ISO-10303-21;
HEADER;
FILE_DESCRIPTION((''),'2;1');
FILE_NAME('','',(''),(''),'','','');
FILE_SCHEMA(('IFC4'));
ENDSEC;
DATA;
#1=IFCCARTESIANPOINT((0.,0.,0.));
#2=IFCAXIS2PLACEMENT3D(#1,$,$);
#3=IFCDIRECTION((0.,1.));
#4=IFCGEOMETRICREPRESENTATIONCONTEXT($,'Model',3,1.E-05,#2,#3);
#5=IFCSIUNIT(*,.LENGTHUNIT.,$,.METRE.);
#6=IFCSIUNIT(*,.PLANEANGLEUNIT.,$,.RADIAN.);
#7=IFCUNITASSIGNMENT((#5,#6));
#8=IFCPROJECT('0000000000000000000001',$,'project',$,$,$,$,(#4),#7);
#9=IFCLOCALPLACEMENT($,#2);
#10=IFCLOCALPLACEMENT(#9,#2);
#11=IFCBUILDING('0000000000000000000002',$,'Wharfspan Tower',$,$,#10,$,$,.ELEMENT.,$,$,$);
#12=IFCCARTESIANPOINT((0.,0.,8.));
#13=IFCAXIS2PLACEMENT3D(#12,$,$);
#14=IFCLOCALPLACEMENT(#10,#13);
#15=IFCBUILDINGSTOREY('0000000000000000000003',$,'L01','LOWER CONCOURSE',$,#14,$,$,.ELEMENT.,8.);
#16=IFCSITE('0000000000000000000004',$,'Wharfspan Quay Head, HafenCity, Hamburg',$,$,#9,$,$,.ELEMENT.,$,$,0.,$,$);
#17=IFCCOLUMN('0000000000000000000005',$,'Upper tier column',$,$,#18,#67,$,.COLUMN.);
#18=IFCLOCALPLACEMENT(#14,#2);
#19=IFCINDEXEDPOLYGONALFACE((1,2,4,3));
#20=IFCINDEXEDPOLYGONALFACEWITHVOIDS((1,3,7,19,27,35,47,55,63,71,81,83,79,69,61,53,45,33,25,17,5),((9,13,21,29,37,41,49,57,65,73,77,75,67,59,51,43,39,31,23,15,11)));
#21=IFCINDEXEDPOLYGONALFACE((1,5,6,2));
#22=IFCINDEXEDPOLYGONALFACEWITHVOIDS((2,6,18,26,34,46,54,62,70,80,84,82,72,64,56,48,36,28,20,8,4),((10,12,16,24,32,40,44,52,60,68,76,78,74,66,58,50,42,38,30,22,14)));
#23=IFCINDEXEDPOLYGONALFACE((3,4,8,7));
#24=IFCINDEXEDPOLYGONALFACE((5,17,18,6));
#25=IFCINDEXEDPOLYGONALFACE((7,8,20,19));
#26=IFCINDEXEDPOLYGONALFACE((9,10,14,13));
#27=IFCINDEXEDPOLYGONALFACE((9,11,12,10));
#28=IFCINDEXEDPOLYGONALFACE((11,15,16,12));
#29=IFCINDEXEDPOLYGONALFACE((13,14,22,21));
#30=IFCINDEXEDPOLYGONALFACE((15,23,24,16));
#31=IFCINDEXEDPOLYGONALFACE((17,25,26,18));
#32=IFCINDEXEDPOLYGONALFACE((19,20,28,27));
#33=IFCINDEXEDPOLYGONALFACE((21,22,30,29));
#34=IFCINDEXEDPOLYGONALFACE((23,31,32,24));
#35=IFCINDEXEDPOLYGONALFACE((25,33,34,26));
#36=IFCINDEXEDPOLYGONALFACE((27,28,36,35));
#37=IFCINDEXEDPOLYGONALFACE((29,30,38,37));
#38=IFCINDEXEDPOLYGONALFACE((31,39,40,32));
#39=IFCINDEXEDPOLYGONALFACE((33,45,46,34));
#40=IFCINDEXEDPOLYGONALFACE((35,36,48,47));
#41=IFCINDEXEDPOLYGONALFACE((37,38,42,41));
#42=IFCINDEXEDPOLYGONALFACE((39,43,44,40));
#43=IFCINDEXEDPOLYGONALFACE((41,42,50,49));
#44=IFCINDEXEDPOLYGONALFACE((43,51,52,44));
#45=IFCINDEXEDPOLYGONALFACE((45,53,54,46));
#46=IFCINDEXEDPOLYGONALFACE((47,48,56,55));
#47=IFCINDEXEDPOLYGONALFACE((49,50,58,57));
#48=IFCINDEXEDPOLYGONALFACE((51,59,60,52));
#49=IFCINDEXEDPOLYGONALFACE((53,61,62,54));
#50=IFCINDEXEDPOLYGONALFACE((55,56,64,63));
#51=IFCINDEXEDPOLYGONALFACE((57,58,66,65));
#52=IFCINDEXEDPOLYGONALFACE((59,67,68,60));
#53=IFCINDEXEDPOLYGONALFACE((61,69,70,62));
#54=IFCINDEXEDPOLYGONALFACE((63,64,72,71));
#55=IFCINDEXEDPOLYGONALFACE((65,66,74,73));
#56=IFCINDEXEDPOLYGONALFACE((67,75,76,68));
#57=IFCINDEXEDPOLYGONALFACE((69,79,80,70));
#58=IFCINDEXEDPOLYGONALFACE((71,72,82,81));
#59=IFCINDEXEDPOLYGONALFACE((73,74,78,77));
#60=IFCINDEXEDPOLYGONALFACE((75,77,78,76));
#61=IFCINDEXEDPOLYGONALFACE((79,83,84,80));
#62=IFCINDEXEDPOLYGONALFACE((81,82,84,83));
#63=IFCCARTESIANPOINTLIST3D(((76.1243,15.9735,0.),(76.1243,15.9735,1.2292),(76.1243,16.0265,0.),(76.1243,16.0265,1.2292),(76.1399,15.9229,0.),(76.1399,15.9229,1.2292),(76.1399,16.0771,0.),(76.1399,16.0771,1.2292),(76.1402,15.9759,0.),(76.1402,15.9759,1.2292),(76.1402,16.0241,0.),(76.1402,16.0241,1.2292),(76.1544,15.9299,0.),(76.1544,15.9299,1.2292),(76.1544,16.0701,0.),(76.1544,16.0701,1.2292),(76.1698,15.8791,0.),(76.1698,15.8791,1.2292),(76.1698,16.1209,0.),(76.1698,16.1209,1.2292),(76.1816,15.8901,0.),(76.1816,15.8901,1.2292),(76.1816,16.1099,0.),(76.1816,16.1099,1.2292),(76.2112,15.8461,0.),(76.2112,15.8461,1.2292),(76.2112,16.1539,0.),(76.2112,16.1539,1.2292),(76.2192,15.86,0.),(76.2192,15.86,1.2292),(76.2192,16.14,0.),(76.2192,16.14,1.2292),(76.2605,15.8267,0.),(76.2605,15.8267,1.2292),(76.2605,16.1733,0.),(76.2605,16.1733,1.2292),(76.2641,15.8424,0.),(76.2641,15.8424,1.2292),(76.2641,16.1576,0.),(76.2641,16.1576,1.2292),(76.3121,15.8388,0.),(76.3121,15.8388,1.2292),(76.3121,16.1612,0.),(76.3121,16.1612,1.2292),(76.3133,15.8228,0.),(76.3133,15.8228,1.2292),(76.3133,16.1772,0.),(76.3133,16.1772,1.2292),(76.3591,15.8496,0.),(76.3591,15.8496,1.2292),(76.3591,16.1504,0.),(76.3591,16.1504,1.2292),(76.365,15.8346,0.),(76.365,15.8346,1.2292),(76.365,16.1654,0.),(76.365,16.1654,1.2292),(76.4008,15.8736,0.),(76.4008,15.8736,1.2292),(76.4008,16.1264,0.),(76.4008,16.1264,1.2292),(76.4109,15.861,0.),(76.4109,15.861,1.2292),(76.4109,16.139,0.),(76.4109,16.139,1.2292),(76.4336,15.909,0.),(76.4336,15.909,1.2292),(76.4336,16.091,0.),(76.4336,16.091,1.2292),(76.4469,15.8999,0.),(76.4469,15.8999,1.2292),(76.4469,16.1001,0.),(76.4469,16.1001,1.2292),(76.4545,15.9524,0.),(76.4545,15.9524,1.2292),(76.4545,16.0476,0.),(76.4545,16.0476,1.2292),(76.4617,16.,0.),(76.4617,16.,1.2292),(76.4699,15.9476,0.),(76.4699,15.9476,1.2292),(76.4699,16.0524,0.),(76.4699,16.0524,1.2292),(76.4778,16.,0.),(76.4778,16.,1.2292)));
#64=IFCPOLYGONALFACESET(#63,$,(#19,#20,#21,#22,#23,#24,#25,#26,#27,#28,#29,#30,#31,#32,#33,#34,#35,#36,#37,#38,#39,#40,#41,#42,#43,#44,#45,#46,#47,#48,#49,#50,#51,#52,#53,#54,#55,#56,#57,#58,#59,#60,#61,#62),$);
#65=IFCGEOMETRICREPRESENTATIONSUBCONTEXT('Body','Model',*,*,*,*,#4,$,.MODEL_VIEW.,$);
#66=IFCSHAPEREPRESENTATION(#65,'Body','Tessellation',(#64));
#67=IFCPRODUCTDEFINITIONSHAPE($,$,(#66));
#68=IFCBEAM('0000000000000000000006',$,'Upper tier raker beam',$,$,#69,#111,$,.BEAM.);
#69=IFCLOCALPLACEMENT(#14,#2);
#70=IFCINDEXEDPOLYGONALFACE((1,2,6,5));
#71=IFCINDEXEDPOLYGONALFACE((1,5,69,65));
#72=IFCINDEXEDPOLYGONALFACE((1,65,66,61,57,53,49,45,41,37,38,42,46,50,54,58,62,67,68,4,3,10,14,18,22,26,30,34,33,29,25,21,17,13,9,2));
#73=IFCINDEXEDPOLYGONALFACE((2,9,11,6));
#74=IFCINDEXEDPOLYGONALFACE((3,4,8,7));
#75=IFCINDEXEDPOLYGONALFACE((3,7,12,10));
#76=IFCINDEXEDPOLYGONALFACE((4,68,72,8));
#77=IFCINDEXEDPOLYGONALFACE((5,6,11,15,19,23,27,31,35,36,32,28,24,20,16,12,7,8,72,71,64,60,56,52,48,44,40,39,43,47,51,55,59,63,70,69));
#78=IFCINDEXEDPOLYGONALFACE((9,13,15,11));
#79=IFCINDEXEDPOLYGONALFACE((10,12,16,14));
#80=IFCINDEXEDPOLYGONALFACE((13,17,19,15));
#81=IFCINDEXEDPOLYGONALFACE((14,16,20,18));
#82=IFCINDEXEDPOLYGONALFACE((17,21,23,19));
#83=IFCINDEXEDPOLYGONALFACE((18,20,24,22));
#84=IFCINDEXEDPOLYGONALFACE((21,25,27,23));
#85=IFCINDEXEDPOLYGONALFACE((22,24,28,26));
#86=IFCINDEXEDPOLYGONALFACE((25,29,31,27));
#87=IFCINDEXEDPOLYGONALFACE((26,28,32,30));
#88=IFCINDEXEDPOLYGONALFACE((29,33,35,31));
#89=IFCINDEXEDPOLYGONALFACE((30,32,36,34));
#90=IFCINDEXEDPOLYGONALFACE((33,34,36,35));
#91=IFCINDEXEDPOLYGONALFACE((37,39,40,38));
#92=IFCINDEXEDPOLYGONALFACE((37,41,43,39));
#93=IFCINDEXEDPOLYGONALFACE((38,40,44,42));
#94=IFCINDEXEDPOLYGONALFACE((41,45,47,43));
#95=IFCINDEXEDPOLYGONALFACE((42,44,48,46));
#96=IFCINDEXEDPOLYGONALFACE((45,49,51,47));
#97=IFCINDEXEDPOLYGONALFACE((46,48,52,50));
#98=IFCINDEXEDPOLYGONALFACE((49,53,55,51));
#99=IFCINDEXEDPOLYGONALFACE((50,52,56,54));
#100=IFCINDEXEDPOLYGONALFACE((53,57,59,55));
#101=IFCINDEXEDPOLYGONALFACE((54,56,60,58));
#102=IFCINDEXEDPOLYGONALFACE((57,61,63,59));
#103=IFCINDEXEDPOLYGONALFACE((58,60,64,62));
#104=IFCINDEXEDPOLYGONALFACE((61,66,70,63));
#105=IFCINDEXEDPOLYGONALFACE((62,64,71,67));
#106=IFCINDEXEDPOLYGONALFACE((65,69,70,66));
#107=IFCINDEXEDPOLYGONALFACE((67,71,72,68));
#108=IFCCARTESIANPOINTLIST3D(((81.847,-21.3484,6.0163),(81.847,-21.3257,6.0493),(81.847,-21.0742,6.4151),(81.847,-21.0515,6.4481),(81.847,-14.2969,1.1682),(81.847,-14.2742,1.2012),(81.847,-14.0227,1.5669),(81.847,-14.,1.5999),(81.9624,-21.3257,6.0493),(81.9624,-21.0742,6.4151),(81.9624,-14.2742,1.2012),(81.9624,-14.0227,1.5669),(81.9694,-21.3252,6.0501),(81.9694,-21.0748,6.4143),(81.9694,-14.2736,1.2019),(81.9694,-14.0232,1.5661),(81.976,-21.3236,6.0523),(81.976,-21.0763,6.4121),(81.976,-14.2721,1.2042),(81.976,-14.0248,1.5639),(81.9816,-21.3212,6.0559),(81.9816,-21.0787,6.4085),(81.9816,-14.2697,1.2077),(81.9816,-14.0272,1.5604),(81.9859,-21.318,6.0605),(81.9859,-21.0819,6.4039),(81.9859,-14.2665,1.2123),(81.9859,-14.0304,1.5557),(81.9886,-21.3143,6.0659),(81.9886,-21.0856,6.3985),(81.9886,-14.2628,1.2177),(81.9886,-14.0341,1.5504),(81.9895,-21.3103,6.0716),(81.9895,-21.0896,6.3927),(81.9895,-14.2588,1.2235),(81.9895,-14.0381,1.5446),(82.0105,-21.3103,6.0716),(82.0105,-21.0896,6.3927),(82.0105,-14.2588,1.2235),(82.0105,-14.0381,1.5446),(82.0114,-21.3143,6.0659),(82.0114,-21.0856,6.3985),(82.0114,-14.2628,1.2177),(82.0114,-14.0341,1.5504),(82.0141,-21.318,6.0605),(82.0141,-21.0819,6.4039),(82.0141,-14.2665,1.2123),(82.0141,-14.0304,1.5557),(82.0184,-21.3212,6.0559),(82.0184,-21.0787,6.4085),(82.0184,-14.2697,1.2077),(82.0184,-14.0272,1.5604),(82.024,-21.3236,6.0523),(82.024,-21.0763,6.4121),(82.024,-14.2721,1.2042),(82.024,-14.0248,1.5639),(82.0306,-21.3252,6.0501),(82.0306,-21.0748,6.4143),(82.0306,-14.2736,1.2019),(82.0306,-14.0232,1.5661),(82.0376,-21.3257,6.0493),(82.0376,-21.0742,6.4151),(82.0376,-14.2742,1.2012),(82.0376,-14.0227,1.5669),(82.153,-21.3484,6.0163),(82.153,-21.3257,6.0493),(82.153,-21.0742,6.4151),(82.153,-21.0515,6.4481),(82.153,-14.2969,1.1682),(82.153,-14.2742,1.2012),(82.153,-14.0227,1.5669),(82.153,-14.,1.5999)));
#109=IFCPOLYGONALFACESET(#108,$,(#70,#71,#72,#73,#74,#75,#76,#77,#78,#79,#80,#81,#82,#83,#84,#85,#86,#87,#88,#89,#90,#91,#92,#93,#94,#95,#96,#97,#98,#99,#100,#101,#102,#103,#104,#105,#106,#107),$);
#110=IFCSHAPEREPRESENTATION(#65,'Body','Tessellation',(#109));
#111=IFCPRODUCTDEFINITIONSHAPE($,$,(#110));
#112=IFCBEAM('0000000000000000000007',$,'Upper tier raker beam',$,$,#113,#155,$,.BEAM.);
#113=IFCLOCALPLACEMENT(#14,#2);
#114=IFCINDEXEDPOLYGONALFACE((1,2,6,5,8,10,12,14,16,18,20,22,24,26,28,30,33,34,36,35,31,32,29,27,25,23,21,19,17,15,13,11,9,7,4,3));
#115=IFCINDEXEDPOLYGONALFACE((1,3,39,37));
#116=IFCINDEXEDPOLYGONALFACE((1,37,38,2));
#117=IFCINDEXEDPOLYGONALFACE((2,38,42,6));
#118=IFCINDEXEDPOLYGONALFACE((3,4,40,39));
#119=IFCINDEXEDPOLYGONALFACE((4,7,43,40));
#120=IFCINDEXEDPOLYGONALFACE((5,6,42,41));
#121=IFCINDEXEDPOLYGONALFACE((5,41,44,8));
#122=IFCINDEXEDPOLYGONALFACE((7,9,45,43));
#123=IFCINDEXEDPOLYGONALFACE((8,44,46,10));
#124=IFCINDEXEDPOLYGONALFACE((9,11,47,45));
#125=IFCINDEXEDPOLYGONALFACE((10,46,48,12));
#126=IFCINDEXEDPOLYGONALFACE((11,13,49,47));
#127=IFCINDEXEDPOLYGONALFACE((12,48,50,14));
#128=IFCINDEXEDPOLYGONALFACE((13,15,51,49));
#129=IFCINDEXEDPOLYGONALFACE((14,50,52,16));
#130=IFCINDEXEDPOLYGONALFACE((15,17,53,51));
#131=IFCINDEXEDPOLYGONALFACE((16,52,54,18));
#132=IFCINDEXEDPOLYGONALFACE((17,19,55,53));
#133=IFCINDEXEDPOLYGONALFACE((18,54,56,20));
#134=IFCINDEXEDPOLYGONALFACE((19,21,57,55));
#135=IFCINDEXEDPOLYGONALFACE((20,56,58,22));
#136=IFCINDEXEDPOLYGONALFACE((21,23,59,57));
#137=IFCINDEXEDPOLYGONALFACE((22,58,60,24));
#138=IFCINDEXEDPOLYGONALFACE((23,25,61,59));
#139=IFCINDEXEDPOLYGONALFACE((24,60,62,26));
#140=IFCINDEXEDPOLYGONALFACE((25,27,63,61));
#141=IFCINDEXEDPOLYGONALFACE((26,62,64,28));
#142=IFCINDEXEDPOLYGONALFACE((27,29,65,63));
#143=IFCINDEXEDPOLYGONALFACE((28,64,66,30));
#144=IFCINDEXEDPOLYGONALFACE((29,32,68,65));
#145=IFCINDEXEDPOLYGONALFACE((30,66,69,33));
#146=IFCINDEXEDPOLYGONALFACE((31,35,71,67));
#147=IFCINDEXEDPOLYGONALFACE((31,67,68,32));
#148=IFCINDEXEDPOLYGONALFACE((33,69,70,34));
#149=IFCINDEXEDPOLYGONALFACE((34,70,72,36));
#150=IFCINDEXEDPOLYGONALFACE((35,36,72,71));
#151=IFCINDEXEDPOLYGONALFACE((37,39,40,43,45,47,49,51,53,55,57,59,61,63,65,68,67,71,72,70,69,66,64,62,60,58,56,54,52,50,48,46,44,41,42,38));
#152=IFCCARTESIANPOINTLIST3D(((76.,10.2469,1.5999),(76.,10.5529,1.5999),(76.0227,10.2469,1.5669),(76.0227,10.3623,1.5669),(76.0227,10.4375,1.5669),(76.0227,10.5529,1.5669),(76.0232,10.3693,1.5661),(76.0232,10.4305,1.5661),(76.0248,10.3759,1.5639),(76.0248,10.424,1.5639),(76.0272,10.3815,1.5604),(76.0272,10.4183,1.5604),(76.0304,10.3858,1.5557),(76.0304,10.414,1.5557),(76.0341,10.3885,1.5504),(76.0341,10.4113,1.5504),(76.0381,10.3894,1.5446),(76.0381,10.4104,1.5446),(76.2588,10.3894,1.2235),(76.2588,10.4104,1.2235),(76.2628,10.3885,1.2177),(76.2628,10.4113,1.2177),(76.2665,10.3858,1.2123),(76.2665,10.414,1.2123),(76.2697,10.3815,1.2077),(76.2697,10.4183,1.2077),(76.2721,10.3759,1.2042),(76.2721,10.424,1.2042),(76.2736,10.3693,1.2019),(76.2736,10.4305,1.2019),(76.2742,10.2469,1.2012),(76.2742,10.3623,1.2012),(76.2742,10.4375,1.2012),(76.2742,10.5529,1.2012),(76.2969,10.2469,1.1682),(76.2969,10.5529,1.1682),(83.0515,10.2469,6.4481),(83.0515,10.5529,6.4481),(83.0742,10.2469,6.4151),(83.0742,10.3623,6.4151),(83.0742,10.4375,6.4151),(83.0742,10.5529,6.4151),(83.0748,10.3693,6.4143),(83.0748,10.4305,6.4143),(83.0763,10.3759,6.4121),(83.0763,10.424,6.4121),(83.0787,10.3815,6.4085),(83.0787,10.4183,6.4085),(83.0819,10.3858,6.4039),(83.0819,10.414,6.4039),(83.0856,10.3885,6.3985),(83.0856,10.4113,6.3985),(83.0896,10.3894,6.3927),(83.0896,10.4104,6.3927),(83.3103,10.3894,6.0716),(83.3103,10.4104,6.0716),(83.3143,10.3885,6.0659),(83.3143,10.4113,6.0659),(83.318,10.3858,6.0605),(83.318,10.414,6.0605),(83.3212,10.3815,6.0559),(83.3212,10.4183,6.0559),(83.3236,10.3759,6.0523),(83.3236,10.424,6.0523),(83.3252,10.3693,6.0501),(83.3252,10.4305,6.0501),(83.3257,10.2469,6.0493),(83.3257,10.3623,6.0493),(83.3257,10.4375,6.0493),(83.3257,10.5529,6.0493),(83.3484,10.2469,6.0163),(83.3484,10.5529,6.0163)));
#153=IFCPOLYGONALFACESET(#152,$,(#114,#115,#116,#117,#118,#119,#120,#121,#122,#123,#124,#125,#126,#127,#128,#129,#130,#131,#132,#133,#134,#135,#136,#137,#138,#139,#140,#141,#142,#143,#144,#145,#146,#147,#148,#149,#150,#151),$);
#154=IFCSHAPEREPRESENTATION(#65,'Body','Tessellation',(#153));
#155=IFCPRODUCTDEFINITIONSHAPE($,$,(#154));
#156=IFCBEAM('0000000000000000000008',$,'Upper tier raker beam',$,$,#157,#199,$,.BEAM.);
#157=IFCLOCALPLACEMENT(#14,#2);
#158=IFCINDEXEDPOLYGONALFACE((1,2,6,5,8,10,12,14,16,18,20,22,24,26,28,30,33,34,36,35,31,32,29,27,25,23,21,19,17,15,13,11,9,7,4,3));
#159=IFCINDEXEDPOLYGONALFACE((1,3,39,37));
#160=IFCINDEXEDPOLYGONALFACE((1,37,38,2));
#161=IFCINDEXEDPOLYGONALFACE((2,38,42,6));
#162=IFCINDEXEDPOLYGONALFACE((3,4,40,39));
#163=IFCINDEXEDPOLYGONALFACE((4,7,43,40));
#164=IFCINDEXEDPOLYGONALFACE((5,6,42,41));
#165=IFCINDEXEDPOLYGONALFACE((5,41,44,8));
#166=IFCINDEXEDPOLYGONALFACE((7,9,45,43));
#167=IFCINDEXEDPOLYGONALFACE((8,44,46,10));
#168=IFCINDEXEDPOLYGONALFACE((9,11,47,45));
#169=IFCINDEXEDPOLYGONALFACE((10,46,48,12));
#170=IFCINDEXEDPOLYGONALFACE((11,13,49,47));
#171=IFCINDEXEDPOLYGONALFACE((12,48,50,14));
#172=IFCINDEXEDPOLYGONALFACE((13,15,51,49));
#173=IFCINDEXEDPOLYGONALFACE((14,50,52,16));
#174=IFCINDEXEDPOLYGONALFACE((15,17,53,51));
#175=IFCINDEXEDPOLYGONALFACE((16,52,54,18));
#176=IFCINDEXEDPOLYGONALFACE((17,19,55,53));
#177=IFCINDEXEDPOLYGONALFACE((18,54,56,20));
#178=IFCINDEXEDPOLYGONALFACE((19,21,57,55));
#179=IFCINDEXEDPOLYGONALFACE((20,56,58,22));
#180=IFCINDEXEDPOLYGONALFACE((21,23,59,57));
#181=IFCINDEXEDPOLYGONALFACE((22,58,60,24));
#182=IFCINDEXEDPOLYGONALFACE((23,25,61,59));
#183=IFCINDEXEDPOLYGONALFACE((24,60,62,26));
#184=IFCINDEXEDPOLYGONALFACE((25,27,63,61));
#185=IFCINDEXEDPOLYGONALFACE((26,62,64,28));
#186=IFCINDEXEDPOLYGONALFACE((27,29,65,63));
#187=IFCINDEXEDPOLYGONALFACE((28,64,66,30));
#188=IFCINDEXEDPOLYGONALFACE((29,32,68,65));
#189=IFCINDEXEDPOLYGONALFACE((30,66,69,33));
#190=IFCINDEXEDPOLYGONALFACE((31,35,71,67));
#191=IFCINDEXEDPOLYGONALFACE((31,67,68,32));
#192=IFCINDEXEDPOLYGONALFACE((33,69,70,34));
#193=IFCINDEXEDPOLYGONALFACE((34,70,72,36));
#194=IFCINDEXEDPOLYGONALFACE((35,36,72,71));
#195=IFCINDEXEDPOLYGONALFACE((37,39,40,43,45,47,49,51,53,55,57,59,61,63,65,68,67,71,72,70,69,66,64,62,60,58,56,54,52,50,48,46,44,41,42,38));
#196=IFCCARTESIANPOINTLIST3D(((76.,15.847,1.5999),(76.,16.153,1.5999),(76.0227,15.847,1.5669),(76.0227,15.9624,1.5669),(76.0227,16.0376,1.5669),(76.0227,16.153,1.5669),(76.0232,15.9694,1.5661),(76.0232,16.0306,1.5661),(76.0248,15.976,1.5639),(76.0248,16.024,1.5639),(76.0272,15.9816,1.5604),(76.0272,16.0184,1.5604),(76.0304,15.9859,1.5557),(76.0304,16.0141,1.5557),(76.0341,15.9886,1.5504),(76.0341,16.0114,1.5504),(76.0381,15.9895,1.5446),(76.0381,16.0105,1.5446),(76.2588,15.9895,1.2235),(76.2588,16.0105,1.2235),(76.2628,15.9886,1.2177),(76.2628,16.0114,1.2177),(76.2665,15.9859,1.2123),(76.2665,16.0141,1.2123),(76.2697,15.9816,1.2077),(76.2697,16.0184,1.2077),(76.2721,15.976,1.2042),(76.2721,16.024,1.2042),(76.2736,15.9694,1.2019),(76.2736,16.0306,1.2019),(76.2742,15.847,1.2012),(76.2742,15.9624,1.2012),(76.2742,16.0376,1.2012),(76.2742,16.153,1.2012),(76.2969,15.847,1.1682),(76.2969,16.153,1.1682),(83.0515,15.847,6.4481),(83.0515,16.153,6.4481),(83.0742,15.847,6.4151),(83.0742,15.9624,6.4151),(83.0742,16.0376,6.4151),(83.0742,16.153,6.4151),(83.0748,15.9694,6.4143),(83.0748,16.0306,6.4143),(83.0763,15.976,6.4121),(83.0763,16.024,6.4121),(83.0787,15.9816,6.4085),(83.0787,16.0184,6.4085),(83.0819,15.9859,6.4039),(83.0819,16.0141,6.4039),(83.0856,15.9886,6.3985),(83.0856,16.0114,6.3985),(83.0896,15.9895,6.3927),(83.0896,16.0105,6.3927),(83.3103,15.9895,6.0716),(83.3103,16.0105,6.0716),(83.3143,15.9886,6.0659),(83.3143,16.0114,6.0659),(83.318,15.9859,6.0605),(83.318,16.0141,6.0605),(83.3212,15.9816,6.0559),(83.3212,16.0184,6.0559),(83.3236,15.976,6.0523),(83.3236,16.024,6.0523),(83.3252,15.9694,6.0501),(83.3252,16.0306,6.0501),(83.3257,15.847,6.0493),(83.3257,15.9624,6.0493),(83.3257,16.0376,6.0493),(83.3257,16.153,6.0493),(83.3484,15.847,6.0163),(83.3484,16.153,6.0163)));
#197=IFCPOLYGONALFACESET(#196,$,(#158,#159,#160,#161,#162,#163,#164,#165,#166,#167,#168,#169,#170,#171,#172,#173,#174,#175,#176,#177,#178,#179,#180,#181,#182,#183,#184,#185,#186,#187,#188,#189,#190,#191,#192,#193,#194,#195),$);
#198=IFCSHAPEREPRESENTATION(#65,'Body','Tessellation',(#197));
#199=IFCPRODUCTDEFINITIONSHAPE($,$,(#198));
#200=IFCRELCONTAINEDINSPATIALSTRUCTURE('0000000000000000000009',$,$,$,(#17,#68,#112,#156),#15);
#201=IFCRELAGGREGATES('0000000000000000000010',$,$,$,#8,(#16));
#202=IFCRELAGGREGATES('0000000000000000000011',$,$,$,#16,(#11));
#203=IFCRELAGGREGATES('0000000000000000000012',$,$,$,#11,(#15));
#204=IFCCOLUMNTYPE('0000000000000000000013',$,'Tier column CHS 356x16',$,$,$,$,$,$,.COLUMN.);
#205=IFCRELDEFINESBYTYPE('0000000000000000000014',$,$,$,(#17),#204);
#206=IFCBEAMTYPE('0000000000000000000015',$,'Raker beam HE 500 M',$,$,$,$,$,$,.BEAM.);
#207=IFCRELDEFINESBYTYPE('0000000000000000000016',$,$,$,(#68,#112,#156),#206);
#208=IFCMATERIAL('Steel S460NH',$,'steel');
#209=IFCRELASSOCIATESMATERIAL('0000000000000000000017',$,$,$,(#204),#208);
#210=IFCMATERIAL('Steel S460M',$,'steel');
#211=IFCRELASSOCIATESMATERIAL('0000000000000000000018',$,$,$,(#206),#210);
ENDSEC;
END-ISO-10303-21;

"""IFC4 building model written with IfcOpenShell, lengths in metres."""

from ifc_helpers import new_model, si_unit, direction, frame, origin, origin_2d, place, context, subcontext, project, spatial, hollow_circle, i_section, extrude, material, material_profile, profile_set, type_object, element, save


model = new_model("IFC4")

# Units and contexts
model_context = context("Model", 3, precision=1e-05, world=origin(), true_north=direction((0.0, 1.0)))
body_context = subcontext(model_context, "Body", "Model", "MODEL_VIEW")
ifc_project = project(units=[si_unit("LENGTHUNIT", "METRE"), si_unit("PLANEANGLEUNIT", "RADIAN")], contexts=[model_context])

# Site, building, storey
site_placement = place(None, origin())
site = spatial("IfcSite", under=ifc_project, at=site_placement, Name="Wharfspan Quay Head, HafenCity, Hamburg", CompositionType="ELEMENT", RefElevation=0.0)
building_placement = place(site_placement, origin())
building = spatial("IfcBuilding", under=site, at=building_placement, Name="Wharfspan Tower", CompositionType="ELEMENT")
storey_placement = place(building_placement, frame((0.0, 0.0, 8.0)))
storey = spatial("IfcBuildingStorey", under=building, at=storey_placement, Name="L01", Description="LOWER CONCOURSE", CompositionType="ELEMENT", Elevation=8.0)

# Column
ifc_material_1 = material(Name="Steel S460NH", Category="steel")
ifc_material_profile_1 = material_profile(ifc_material_1, hollow_circle(Radius=0.1777, WallThickness=0.0161, at=origin_2d()))
ifc_profile_set_1 = profile_set([ifc_material_profile_1], Name="Steel S460NH")
column_type_1 = type_object("IfcColumnType", Name="Tier column CHS 356x16", PredefinedType="COLUMN", material=ifc_profile_set_1)
for number, where, z_axis, x_axis, name in (
    (1, (76.3, 16.0, 0.0), (0.0, 0.0, 1.0), (1.0, 0.0, 0.0), "Upper tier column"),
):
    element("IfcColumn", number, at=place(storey_placement, frame(where, z_axis=z_axis, x_axis=x_axis)), inside=storey, type_object=column_type_1, Name=name, PredefinedType="COLUMN", context=body_context, shape_type="SweptSolid", body=[
        extrude(hollow_circle(Radius=0.1777, WallThickness=0.0161, at=origin_2d()), origin(), (0.0, 0.0, 1.0), 1.2292),
    ])

# Beams
ifc_material_2 = material(Name="Steel S460M", Category="steel")
ifc_material_profile_2 = material_profile(ifc_material_2, i_section(OverallWidth=0.3059, OverallDepth=0.5239, WebThickness=0.021, FlangeThickness=0.04, FilletRadius=0.0271, at=origin_2d()))
ifc_profile_set_2 = profile_set([ifc_material_profile_2], Name="Steel S460M")
beam_type_1 = type_object("IfcBeamType", Name="Raker beam HE 500 M", PredefinedType="BEAM", material=ifc_profile_set_2)
for number, where, z_axis, x_axis, name in (
    (2, (82.0, -14.1484, 1.384), (0.0, -0.824029, 0.566547), (1.0, 0.0, 0.0), "Upper tier raker beam"),
    (3, (76.1484, 10.3999, 1.384), (0.824029, 0.0, 0.566547), (0.0, 1.0, 0.0), "Upper tier raker beam"),
    (4, (76.1484, 16.0, 1.384), (0.824029, 0.0, 0.566547), (0.0, 1.0, 0.0), "Upper tier raker beam"),
):
    element("IfcBeam", number, at=place(storey_placement, frame(where, z_axis=z_axis, x_axis=x_axis)), inside=storey, type_object=beam_type_1, Name=name, PredefinedType="BEAM", context=body_context, shape_type="SweptSolid", body=[
        extrude(i_section(OverallWidth=0.3059, OverallDepth=0.5239, WebThickness=0.021, FlangeThickness=0.04, FilletRadius=0.0271, at=origin_2d()), origin(), (0.0, 0.0, 1.0), 8.5574),
    ])

save(model, "model.ifc")
